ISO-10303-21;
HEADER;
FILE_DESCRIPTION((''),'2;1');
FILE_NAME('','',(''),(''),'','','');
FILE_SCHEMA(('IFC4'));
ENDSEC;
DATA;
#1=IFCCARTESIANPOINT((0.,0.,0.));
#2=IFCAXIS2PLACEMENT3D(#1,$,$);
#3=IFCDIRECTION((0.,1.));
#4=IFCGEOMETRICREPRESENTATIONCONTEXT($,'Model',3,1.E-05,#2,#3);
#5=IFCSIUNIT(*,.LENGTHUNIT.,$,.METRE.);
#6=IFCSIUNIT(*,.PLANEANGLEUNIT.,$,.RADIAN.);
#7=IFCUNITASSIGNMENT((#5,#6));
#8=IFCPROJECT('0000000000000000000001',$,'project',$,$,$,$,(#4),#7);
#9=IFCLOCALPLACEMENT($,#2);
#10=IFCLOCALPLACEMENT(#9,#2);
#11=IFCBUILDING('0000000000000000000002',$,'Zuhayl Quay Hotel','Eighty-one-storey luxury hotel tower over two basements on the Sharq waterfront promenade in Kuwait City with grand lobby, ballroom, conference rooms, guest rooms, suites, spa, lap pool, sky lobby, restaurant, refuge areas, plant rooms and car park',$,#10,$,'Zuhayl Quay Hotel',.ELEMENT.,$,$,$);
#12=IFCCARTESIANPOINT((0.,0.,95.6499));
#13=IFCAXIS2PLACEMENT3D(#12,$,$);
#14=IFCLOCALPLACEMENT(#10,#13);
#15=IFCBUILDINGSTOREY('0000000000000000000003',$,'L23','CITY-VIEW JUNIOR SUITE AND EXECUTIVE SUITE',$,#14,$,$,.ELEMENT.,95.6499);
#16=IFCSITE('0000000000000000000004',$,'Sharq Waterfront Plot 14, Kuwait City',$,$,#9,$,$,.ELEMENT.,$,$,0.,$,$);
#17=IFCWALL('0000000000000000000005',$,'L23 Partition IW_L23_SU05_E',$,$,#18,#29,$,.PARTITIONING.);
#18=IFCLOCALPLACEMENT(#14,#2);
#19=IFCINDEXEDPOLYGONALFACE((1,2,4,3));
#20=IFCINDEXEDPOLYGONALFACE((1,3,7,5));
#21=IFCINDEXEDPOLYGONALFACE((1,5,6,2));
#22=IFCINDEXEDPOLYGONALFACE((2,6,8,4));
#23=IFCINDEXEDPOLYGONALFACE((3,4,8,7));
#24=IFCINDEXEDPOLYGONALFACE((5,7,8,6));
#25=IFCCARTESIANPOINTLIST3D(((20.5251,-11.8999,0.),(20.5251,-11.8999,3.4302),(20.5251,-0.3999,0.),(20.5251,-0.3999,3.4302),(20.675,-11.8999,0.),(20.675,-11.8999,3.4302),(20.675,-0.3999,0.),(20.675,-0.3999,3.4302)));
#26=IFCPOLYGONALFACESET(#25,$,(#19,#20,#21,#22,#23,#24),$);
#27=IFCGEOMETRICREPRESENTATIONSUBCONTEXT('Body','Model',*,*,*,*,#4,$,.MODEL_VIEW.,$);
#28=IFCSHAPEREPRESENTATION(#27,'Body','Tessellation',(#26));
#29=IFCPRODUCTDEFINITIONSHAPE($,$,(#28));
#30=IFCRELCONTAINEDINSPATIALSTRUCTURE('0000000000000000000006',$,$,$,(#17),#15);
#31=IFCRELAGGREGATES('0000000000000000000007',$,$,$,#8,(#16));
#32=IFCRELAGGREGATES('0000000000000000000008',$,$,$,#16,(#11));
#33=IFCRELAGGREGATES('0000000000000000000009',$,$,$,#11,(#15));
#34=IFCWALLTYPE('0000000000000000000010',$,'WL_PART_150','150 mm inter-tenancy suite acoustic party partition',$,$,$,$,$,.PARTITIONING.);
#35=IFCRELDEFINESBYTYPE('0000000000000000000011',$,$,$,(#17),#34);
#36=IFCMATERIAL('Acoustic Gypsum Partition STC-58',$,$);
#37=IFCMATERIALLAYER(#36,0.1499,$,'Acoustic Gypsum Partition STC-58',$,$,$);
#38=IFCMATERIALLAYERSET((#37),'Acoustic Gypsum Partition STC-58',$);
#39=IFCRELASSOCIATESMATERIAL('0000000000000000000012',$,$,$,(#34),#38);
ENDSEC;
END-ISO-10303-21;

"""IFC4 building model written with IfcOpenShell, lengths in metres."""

from ifc_helpers import new_model, si_unit, direction, frame, frame_2d, origin, place, context, subcontext, project, spatial, rectangle, extrude, material, layer, layer_set, type_object, element, save


model = new_model("IFC4")

# Units and contexts
model_context = context("Model", 3, precision=1e-05, world=origin(), true_north=direction((0.0, 1.0)))
body_context = subcontext(model_context, "Body", "Model", "MODEL_VIEW")
ifc_project = project(units=[si_unit("LENGTHUNIT", "METRE"), si_unit("PLANEANGLEUNIT", "RADIAN")], contexts=[model_context])

# Site, building, storey
site_placement = place(None, origin())
site = spatial("IfcSite", under=ifc_project, at=site_placement, Name="Sharq Waterfront Plot 14, Kuwait City", CompositionType="ELEMENT", RefElevation=0.0)
building_placement = place(site_placement, origin())
building = spatial("IfcBuilding", under=site, at=building_placement, Name="Zuhayl Quay Hotel", Description="Eighty-one-storey luxury hotel tower over two basements on the Sharq waterfront promenade in Kuwait City with grand lobby, ballroom, conference rooms, guest rooms, suites, spa, lap pool, sky lobby, restaurant, refuge areas, plant rooms and car park", LongName="Zuhayl Quay Hotel", CompositionType="ELEMENT")
storey_placement = place(building_placement, frame((0.0, 0.0, 95.6499)))
storey = spatial("IfcBuildingStorey", under=building, at=storey_placement, Name="L23", Description="CITY-VIEW JUNIOR SUITE AND EXECUTIVE SUITE", CompositionType="ELEMENT", Elevation=95.6499)

# Wall
ifc_material_1 = material(Name="Acoustic Gypsum Partition STC-58")
ifc_layer_1 = layer(ifc_material_1, 0.1499, Name="Acoustic Gypsum Partition STC-58")
ifc_layer_set_1 = layer_set([ifc_layer_1], Name="Acoustic Gypsum Partition STC-58")
wall_type_1 = type_object("IfcWallType", Name="WL_PART_150", Description="150 mm inter-tenancy suite acoustic party partition", PredefinedType="PARTITIONING", material=ifc_layer_set_1)
wall_1_placement = place(storey_placement, frame((20.6001, -11.8999, 0.0), z_axis=(0.0, 0.0, 1.0), x_axis=(0.0, 1.0, 0.0)))
element("IfcWall", 1, at=wall_1_placement, inside=storey, type_object=wall_type_1, Name="L23 Partition IW_L23_SU05_E", PredefinedType="PARTITIONING", context=body_context, shape_type="SweptSolid", body=[
    extrude(rectangle(XDim=11.5, YDim=0.1499, at=frame_2d((5.75, 0.0))), origin(), (0.0, 0.0, 1.0), 3.4302),
])

save(model, "model.ifc")
